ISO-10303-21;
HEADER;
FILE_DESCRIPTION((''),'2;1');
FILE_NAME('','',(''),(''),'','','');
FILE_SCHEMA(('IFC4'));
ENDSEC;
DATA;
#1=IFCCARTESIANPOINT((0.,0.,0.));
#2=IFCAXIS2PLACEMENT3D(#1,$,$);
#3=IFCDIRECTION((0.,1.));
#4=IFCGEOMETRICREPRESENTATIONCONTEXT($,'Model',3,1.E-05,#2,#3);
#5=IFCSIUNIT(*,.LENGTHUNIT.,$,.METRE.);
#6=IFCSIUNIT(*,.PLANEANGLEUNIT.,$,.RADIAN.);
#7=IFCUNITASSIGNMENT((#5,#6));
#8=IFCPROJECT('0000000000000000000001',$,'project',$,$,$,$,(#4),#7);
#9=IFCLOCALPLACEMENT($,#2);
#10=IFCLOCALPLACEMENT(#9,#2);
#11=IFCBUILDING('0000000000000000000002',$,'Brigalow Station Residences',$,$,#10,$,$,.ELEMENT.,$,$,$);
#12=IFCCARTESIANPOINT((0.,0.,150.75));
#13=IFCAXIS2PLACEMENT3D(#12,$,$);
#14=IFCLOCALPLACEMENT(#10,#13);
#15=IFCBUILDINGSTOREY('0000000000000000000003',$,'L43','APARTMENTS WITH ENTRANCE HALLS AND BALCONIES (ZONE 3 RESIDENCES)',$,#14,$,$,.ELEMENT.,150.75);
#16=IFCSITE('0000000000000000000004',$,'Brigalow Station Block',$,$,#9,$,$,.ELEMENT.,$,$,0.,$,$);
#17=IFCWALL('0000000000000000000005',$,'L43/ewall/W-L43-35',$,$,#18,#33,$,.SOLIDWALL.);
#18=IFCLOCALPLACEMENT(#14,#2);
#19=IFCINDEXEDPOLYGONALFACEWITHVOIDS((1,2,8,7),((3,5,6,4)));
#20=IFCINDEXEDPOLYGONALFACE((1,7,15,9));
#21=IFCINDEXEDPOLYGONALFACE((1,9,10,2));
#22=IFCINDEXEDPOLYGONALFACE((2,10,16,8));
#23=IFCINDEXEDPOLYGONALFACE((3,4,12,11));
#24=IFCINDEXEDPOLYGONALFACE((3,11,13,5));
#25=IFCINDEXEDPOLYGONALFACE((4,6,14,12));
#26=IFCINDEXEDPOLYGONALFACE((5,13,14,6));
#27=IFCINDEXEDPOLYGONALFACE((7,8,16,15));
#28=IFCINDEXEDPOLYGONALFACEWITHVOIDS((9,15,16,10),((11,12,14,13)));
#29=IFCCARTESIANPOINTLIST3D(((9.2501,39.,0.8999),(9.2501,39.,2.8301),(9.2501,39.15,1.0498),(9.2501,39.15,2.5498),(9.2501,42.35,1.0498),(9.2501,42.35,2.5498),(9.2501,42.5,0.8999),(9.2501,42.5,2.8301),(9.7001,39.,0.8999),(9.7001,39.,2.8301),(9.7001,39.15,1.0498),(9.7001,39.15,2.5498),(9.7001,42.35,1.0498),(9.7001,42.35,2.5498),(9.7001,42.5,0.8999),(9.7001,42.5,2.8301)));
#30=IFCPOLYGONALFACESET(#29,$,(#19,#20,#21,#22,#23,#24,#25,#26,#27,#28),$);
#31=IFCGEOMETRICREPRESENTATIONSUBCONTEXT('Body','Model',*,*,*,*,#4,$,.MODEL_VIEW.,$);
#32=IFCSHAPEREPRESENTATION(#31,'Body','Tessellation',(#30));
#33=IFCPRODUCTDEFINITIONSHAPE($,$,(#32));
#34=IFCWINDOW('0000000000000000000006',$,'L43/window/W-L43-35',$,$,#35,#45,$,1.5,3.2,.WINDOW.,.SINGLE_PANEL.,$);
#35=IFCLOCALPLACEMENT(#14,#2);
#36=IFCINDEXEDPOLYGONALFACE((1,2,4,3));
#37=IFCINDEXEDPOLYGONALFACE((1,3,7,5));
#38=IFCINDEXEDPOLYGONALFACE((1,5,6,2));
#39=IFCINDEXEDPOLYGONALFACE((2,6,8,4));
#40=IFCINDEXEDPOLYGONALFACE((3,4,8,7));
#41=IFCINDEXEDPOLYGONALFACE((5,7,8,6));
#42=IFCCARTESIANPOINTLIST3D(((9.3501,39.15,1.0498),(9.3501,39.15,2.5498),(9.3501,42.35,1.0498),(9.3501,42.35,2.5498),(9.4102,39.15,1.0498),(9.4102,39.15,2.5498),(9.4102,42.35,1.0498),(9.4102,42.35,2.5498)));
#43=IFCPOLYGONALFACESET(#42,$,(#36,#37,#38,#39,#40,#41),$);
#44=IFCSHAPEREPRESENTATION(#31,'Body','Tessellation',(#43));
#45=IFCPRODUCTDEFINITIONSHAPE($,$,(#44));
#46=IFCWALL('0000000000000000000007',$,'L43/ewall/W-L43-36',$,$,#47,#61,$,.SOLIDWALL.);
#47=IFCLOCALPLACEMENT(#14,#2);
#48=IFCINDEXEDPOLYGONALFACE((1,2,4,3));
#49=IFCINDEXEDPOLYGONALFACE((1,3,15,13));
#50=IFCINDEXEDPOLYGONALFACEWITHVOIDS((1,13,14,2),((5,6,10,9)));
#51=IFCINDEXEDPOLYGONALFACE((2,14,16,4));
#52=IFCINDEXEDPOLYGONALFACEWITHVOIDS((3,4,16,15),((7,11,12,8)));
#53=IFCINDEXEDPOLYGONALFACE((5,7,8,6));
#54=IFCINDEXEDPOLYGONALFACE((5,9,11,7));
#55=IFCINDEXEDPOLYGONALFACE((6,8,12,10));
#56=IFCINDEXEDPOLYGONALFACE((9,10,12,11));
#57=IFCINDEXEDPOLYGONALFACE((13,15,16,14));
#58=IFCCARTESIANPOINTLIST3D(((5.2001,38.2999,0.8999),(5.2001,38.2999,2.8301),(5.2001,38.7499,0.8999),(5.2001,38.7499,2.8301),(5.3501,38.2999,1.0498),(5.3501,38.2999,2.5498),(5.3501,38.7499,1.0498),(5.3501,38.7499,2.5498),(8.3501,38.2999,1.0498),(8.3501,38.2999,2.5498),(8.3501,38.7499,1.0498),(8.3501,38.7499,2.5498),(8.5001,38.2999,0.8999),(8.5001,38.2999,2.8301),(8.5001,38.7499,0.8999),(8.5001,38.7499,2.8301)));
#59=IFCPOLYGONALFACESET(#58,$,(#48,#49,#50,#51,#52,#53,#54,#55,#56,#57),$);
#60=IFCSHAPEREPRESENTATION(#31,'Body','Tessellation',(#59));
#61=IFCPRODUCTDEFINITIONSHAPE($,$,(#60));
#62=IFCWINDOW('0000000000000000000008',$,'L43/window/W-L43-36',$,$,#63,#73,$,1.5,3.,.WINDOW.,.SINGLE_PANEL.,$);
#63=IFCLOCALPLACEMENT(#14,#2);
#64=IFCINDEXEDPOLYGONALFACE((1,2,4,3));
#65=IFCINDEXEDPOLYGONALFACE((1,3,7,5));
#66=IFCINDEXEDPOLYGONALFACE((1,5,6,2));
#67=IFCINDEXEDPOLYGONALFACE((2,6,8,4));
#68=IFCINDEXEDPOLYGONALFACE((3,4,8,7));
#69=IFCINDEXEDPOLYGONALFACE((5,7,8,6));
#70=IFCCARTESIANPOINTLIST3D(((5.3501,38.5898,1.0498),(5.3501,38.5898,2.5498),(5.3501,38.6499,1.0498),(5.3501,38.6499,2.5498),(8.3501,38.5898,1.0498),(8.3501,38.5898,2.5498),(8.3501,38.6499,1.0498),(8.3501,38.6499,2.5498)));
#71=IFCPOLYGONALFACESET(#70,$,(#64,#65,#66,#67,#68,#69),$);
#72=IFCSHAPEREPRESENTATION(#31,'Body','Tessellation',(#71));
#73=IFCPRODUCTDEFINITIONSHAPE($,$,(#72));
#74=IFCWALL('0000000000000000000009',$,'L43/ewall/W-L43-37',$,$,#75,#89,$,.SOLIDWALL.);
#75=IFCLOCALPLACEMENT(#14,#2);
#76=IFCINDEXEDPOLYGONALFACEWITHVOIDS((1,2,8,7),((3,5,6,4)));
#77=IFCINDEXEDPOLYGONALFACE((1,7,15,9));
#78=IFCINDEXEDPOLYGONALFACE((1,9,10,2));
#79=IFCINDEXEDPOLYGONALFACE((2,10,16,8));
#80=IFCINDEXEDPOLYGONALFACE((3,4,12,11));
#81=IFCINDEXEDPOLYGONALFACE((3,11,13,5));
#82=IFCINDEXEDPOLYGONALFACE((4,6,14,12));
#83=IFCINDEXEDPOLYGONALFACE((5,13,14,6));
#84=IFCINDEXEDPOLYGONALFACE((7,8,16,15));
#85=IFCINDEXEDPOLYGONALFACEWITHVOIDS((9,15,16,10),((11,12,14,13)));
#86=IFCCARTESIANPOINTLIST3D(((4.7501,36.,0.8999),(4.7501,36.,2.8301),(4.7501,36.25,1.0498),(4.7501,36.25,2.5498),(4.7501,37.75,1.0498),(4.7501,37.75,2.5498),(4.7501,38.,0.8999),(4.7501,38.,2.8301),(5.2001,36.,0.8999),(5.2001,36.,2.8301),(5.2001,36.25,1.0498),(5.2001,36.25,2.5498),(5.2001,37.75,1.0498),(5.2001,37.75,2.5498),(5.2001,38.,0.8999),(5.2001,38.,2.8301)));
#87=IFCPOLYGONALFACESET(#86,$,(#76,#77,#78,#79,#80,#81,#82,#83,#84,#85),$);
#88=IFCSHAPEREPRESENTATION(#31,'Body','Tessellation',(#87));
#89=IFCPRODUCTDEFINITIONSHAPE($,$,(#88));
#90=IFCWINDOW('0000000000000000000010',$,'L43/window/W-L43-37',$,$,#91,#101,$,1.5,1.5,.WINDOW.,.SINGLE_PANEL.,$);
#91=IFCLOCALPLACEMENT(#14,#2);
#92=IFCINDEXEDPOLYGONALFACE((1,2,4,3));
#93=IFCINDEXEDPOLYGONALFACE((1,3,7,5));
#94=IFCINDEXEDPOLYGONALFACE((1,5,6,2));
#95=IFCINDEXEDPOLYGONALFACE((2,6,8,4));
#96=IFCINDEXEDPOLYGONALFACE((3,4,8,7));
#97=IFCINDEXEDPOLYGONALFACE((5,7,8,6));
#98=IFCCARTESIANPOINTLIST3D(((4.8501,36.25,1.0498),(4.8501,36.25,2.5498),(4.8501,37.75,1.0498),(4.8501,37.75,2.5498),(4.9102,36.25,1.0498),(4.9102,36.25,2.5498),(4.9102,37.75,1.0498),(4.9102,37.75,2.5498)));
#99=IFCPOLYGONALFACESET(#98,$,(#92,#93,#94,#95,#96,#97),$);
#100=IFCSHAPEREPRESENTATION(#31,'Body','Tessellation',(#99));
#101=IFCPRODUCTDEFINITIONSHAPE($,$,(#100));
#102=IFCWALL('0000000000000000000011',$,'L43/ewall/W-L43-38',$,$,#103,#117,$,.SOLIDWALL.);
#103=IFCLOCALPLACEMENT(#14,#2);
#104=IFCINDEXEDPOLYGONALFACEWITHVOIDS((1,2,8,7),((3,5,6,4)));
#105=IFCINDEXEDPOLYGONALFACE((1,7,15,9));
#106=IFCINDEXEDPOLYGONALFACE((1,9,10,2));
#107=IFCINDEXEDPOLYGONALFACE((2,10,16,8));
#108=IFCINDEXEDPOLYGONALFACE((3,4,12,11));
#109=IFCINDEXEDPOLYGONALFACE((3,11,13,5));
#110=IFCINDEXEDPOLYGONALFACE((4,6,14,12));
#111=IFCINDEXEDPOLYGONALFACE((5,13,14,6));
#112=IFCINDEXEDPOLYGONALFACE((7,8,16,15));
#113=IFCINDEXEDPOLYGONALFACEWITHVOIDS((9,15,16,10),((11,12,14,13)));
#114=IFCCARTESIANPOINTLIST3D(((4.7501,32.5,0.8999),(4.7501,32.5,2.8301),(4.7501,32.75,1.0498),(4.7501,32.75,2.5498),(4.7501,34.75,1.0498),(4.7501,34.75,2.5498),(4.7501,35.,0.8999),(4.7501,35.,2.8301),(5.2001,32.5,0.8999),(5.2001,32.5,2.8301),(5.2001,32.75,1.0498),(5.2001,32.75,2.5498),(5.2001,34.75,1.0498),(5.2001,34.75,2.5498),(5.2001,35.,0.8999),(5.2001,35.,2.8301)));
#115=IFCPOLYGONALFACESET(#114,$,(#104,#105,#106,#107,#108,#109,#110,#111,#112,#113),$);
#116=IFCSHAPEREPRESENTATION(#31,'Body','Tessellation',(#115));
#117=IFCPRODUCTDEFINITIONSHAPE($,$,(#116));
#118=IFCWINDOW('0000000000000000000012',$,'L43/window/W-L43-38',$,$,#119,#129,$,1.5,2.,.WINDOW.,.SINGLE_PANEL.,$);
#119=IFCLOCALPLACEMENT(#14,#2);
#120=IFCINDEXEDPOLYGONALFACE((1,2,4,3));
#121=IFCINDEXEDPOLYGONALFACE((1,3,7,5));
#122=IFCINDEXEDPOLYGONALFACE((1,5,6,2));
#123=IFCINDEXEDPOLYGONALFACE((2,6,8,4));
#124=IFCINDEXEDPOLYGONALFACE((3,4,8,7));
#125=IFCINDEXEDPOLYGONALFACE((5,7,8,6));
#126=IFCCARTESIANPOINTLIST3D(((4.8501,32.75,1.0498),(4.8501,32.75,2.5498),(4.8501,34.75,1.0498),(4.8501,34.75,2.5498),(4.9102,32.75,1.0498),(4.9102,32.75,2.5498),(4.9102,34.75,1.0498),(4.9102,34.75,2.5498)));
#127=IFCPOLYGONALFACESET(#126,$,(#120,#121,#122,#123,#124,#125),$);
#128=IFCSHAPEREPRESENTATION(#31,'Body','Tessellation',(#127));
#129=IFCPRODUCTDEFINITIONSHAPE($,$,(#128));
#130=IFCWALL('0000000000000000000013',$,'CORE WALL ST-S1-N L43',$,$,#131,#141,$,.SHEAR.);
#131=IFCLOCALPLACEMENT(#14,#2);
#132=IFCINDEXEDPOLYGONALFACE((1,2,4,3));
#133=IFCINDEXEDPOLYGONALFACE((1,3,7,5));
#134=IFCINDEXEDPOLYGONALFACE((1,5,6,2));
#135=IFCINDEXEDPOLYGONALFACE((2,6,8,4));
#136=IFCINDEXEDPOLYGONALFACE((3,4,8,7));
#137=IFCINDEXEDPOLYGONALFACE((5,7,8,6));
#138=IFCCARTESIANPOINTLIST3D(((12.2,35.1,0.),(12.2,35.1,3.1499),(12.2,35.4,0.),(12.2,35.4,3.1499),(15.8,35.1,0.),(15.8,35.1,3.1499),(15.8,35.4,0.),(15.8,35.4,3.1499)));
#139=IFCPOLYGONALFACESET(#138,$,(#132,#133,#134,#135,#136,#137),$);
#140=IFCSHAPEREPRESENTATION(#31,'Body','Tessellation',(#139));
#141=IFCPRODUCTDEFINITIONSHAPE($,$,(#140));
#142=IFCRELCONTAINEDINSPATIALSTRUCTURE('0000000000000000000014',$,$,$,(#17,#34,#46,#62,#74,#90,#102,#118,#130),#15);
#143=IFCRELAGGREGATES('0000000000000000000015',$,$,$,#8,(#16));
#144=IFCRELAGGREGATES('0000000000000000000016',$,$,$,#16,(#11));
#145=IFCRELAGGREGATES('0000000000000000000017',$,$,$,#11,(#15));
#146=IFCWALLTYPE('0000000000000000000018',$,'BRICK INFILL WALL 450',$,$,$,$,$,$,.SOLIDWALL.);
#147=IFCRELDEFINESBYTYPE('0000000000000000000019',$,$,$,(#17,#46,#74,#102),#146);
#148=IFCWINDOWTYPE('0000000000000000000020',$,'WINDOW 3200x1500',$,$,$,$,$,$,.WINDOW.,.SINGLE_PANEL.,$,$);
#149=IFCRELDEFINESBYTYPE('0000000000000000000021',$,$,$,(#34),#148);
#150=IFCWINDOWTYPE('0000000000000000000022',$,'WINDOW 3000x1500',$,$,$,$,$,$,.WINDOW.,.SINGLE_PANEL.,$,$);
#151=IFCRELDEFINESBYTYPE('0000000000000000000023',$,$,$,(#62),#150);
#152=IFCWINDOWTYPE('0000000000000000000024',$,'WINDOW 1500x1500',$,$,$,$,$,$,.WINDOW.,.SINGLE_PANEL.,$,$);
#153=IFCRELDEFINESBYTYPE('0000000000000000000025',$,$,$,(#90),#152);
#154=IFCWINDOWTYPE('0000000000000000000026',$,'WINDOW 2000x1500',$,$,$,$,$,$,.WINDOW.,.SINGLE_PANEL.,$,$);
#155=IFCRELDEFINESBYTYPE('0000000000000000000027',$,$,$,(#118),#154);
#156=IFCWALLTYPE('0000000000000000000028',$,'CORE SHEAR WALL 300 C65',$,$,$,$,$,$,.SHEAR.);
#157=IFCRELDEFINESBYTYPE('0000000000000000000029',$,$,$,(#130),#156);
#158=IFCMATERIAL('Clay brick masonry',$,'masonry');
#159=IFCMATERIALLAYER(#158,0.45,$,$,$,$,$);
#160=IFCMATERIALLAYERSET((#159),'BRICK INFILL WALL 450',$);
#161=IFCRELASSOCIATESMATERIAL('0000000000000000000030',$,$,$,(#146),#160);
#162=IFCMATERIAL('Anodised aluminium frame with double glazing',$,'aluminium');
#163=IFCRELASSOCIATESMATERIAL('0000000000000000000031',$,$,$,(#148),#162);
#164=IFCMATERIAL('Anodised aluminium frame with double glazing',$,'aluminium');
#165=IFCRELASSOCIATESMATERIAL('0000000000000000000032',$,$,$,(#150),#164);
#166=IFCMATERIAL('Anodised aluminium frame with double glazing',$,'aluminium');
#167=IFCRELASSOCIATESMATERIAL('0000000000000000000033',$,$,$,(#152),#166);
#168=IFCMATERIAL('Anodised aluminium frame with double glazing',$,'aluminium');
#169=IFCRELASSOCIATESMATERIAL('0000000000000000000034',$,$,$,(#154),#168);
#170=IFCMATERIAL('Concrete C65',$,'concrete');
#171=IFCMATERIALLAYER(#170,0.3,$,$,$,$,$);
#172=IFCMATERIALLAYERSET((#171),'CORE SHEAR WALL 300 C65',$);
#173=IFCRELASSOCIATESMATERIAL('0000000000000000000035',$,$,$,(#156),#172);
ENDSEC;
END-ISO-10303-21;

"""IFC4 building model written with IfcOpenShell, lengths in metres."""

from ifc_helpers import new_model, si_unit, direction, frame, frame_2d, origin, place, context, subcontext, project, spatial, rectangle, extrude, material, layer, layer_set, type_object, element, fill, save


model = new_model("IFC4")

# Units and contexts
model_context = context("Model", 3, precision=1e-05, world=origin(), true_north=direction((0.0, 1.0)))
body_context = subcontext(model_context, "Body", "Model", "MODEL_VIEW")
ifc_project = project(units=[si_unit("LENGTHUNIT", "METRE"), si_unit("PLANEANGLEUNIT", "RADIAN")], contexts=[model_context])

# Site, building, storey
site_placement = place(None, origin())
site = spatial("IfcSite", under=ifc_project, at=site_placement, Name="Brigalow Station Block", CompositionType="ELEMENT", RefElevation=0.0)
building_placement = place(site_placement, origin())
building = spatial("IfcBuilding", under=site, at=building_placement, Name="Brigalow Station Residences", CompositionType="ELEMENT")
storey_placement = place(building_placement, frame((0.0, 0.0, 150.75)))
storey = spatial("IfcBuildingStorey", under=building, at=storey_placement, Name="L43", Description="APARTMENTS WITH ENTRANCE HALLS AND BALCONIES (ZONE 3 RESIDENCES)", CompositionType="ELEMENT", Elevation=150.75)

# Shared definitions
ifc_material_1 = material(Name="Clay brick masonry", Category="masonry")
ifc_layer_1 = layer(ifc_material_1, 0.45)
ifc_layer_set_1 = layer_set([ifc_layer_1], Name="BRICK INFILL WALL 450")
wall_type_1 = type_object("IfcWallType", Name="BRICK INFILL WALL 450", PredefinedType="SOLIDWALL", material=ifc_layer_set_1)

# Walls, openings, windows
wall_1_placement = place(storey_placement, frame((9.4751, 42.5, 0.8999), z_axis=(0.0, 0.0, 1.0), x_axis=(0.0, -1.0, 0.0)))
wall_1 = element("IfcWall", 1, at=wall_1_placement, inside=storey, type_object=wall_type_1, Name="L43/ewall/W-L43-35", PredefinedType="SOLIDWALL", context=body_context, shape_type="SweptSolid", body=[
    extrude(rectangle(XDim=3.5, YDim=0.45, at=frame_2d((1.75, 0.0))), origin(), (0.0, 0.0, 1.0), 1.9302),
])
opening_1_placement = place(wall_1_placement, frame((0.1499, 0.0, 0.1499)))
opening_1 = element("IfcOpeningElement", 2, at=opening_1_placement, cuts=wall_1, PredefinedType="OPENING", context=body_context, shape_type="SweptSolid", body=[
    extrude(rectangle(XDim=3.2, YDim=1.5, at=frame_2d((1.6001, 0.75))), frame((0.0, 0.2349, 0.0), z_axis=(0.0, -1.0, 0.0), x_axis=(1.0, 0.0, 0.0)), (0.0, 0.0, 1.0), 0.47),
])
ifc_material_2 = material(Name="Anodised aluminium frame with double glazing", Category="aluminium")
window_type_1 = type_object("IfcWindowType", Name="WINDOW 3200x1500", PartitioningType="SINGLE_PANEL", PredefinedType="WINDOW", material=ifc_material_2)
window_1_placement = place(opening_1_placement, origin())
window_1 = element("IfcWindow", 3, at=window_1_placement, inside=storey, type_object=window_type_1, Name="L43/window/W-L43-35", OverallHeight=1.5, OverallWidth=3.2, PartitioningType="SINGLE_PANEL", PredefinedType="WINDOW", context=body_context, shape_type="SweptSolid", body=[
    extrude(rectangle(XDim=3.2, YDim=1.5, at=frame_2d((1.6001, 0.75))), frame((0.0, -0.0649, 0.0), z_axis=(0.0, -1.0, 0.0), x_axis=(1.0, 0.0, 0.0)), (0.0, 0.0, 1.0), 0.0601),
])
fill(opening_1, window_1)
wall_2_placement = place(storey_placement, frame((8.5, 38.5249, 0.8999), z_axis=(0.0, 0.0, 1.0), x_axis=(-1.0, 0.0, 0.0)))
wall_2 = element("IfcWall", 4, at=wall_2_placement, inside=storey, type_object=wall_type_1, Name="L43/ewall/W-L43-36", PredefinedType="SOLIDWALL", context=body_context, shape_type="SweptSolid", body=[
    extrude(rectangle(XDim=3.3, YDim=0.45, at=frame_2d((1.6499, 0.0))), origin(), (0.0, 0.0, 1.0), 1.9302),
])
opening_2_placement = place(wall_2_placement, frame((0.1499, 0.0, 0.1499)))
opening_2 = element("IfcOpeningElement", 5, at=opening_2_placement, cuts=wall_2, PredefinedType="OPENING", context=body_context, shape_type="SweptSolid", body=[
    extrude(rectangle(XDim=3.0, YDim=1.5, at=frame_2d((1.5, 0.75))), frame((0.0, 0.2349, 0.0), z_axis=(0.0, -1.0, 0.0), x_axis=(1.0, 0.0, 0.0)), (0.0, 0.0, 1.0), 0.47),
])
ifc_material_3 = material(Name="Anodised aluminium frame with double glazing", Category="aluminium")
window_type_2 = type_object("IfcWindowType", Name="WINDOW 3000x1500", PartitioningType="SINGLE_PANEL", PredefinedType="WINDOW", material=ifc_material_3)
window_2_placement = place(opening_2_placement, origin())
window_2 = element("IfcWindow", 6, at=window_2_placement, inside=storey, type_object=window_type_2, Name="L43/window/W-L43-36", OverallHeight=1.5, OverallWidth=3.0, PartitioningType="SINGLE_PANEL", PredefinedType="WINDOW", context=body_context, shape_type="SweptSolid", body=[
    extrude(rectangle(XDim=3.0, YDim=1.5, at=frame_2d((1.5, 0.75))), frame((0.0, -0.0649, 0.0), z_axis=(0.0, -1.0, 0.0), x_axis=(1.0, 0.0, 0.0)), (0.0, 0.0, 1.0), 0.0601),
])
fill(opening_2, window_2)
wall_3_placement = place(storey_placement, frame((4.9751, 38.0, 0.8999), z_axis=(0.0, 0.0, 1.0), x_axis=(0.0, -1.0, 0.0)))
wall_3 = element("IfcWall", 7, at=wall_3_placement, inside=storey, type_object=wall_type_1, Name="L43/ewall/W-L43-37", PredefinedType="SOLIDWALL", context=body_context, shape_type="SweptSolid", body=[
    extrude(rectangle(XDim=2.0, YDim=0.45, at=frame_2d((1.0, 0.0))), origin(), (0.0, 0.0, 1.0), 1.9302),
])
opening_3_placement = place(wall_3_placement, frame((0.25, 0.0, 0.1499)))
opening_3 = element("IfcOpeningElement", 8, at=opening_3_placement, cuts=wall_3, PredefinedType="OPENING", context=body_context, shape_type="SweptSolid", body=[
    extrude(rectangle(XDim=1.5, YDim=1.5, at=frame_2d((0.75, 0.75))), frame((0.0, 0.2349, 0.0), z_axis=(0.0, -1.0, 0.0), x_axis=(1.0, 0.0, 0.0)), (0.0, 0.0, 1.0), 0.47),
])
ifc_material_4 = material(Name="Anodised aluminium frame with double glazing", Category="aluminium")
window_type_3 = type_object("IfcWindowType", Name="WINDOW 1500x1500", PartitioningType="SINGLE_PANEL", PredefinedType="WINDOW", material=ifc_material_4)
window_3_placement = place(opening_3_placement, origin())
window_3 = element("IfcWindow", 9, at=window_3_placement, inside=storey, type_object=window_type_3, Name="L43/window/W-L43-37", OverallHeight=1.5, OverallWidth=1.5, PartitioningType="SINGLE_PANEL", PredefinedType="WINDOW", context=body_context, shape_type="SweptSolid", body=[
    extrude(rectangle(XDim=1.5, YDim=1.5, at=frame_2d((0.75, 0.75))), frame((0.0, -0.0649, 0.0), z_axis=(0.0, -1.0, 0.0), x_axis=(1.0, 0.0, 0.0)), (0.0, 0.0, 1.0), 0.0601),
])
fill(opening_3, window_3)
wall_4_placement = place(storey_placement, frame((4.9751, 35.0, 0.8999), z_axis=(0.0, 0.0, 1.0), x_axis=(0.0, -1.0, 0.0)))
wall_4 = element("IfcWall", 10, at=wall_4_placement, inside=storey, type_object=wall_type_1, Name="L43/ewall/W-L43-38", PredefinedType="SOLIDWALL", context=body_context, shape_type="SweptSolid", body=[
    extrude(rectangle(XDim=2.5, YDim=0.45, at=frame_2d((1.25, 0.0))), origin(), (0.0, 0.0, 1.0), 1.9302),
])
opening_4_placement = place(wall_4_placement, frame((0.25, 0.0, 0.1499)))
opening_4 = element("IfcOpeningElement", 11, at=opening_4_placement, cuts=wall_4, PredefinedType="OPENING", context=body_context, shape_type="SweptSolid", body=[
    extrude(rectangle(XDim=2.0, YDim=1.5, at=frame_2d((1.0, 0.75))), frame((0.0, 0.2349, 0.0), z_axis=(0.0, -1.0, 0.0), x_axis=(1.0, 0.0, 0.0)), (0.0, 0.0, 1.0), 0.47),
])
ifc_material_5 = material(Name="Anodised aluminium frame with double glazing", Category="aluminium")
window_type_4 = type_object("IfcWindowType", Name="WINDOW 2000x1500", PartitioningType="SINGLE_PANEL", PredefinedType="WINDOW", material=ifc_material_5)
window_4_placement = place(opening_4_placement, origin())
window_4 = element("IfcWindow", 12, at=window_4_placement, inside=storey, type_object=window_type_4, Name="L43/window/W-L43-38", OverallHeight=1.5, OverallWidth=2.0, PartitioningType="SINGLE_PANEL", PredefinedType="WINDOW", context=body_context, shape_type="SweptSolid", body=[
    extrude(rectangle(XDim=2.0, YDim=1.5, at=frame_2d((1.0, 0.75))), frame((0.0, -0.0649, 0.0), z_axis=(0.0, -1.0, 0.0), x_axis=(1.0, 0.0, 0.0)), (0.0, 0.0, 1.0), 0.0601),
])
fill(opening_4, window_4)

# Wall
ifc_material_6 = material(Name="Concrete C65", Category="concrete")
ifc_layer_2 = layer(ifc_material_6, 0.3)
ifc_layer_set_2 = layer_set([ifc_layer_2], Name="CORE SHEAR WALL 300 C65")
wall_type_2 = type_object("IfcWallType", Name="CORE SHEAR WALL 300 C65", PredefinedType="SHEAR", material=ifc_layer_set_2)
wall_5_placement = place(storey_placement, frame((12.2, 35.25, 0.0), z_axis=(0.0, 0.0, 1.0), x_axis=(1.0, 0.0, 0.0)))
element("IfcWall", 13, at=wall_5_placement, inside=storey, type_object=wall_type_2, Name="CORE WALL ST-S1-N L43", PredefinedType="SHEAR", context=body_context, shape_type="SweptSolid", body=[
    extrude(rectangle(XDim=3.6001, YDim=0.3, at=frame_2d((1.8, 0.0))), origin(), (0.0, 0.0, 1.0), 3.1499),
])

save(model, "model.ifc")
